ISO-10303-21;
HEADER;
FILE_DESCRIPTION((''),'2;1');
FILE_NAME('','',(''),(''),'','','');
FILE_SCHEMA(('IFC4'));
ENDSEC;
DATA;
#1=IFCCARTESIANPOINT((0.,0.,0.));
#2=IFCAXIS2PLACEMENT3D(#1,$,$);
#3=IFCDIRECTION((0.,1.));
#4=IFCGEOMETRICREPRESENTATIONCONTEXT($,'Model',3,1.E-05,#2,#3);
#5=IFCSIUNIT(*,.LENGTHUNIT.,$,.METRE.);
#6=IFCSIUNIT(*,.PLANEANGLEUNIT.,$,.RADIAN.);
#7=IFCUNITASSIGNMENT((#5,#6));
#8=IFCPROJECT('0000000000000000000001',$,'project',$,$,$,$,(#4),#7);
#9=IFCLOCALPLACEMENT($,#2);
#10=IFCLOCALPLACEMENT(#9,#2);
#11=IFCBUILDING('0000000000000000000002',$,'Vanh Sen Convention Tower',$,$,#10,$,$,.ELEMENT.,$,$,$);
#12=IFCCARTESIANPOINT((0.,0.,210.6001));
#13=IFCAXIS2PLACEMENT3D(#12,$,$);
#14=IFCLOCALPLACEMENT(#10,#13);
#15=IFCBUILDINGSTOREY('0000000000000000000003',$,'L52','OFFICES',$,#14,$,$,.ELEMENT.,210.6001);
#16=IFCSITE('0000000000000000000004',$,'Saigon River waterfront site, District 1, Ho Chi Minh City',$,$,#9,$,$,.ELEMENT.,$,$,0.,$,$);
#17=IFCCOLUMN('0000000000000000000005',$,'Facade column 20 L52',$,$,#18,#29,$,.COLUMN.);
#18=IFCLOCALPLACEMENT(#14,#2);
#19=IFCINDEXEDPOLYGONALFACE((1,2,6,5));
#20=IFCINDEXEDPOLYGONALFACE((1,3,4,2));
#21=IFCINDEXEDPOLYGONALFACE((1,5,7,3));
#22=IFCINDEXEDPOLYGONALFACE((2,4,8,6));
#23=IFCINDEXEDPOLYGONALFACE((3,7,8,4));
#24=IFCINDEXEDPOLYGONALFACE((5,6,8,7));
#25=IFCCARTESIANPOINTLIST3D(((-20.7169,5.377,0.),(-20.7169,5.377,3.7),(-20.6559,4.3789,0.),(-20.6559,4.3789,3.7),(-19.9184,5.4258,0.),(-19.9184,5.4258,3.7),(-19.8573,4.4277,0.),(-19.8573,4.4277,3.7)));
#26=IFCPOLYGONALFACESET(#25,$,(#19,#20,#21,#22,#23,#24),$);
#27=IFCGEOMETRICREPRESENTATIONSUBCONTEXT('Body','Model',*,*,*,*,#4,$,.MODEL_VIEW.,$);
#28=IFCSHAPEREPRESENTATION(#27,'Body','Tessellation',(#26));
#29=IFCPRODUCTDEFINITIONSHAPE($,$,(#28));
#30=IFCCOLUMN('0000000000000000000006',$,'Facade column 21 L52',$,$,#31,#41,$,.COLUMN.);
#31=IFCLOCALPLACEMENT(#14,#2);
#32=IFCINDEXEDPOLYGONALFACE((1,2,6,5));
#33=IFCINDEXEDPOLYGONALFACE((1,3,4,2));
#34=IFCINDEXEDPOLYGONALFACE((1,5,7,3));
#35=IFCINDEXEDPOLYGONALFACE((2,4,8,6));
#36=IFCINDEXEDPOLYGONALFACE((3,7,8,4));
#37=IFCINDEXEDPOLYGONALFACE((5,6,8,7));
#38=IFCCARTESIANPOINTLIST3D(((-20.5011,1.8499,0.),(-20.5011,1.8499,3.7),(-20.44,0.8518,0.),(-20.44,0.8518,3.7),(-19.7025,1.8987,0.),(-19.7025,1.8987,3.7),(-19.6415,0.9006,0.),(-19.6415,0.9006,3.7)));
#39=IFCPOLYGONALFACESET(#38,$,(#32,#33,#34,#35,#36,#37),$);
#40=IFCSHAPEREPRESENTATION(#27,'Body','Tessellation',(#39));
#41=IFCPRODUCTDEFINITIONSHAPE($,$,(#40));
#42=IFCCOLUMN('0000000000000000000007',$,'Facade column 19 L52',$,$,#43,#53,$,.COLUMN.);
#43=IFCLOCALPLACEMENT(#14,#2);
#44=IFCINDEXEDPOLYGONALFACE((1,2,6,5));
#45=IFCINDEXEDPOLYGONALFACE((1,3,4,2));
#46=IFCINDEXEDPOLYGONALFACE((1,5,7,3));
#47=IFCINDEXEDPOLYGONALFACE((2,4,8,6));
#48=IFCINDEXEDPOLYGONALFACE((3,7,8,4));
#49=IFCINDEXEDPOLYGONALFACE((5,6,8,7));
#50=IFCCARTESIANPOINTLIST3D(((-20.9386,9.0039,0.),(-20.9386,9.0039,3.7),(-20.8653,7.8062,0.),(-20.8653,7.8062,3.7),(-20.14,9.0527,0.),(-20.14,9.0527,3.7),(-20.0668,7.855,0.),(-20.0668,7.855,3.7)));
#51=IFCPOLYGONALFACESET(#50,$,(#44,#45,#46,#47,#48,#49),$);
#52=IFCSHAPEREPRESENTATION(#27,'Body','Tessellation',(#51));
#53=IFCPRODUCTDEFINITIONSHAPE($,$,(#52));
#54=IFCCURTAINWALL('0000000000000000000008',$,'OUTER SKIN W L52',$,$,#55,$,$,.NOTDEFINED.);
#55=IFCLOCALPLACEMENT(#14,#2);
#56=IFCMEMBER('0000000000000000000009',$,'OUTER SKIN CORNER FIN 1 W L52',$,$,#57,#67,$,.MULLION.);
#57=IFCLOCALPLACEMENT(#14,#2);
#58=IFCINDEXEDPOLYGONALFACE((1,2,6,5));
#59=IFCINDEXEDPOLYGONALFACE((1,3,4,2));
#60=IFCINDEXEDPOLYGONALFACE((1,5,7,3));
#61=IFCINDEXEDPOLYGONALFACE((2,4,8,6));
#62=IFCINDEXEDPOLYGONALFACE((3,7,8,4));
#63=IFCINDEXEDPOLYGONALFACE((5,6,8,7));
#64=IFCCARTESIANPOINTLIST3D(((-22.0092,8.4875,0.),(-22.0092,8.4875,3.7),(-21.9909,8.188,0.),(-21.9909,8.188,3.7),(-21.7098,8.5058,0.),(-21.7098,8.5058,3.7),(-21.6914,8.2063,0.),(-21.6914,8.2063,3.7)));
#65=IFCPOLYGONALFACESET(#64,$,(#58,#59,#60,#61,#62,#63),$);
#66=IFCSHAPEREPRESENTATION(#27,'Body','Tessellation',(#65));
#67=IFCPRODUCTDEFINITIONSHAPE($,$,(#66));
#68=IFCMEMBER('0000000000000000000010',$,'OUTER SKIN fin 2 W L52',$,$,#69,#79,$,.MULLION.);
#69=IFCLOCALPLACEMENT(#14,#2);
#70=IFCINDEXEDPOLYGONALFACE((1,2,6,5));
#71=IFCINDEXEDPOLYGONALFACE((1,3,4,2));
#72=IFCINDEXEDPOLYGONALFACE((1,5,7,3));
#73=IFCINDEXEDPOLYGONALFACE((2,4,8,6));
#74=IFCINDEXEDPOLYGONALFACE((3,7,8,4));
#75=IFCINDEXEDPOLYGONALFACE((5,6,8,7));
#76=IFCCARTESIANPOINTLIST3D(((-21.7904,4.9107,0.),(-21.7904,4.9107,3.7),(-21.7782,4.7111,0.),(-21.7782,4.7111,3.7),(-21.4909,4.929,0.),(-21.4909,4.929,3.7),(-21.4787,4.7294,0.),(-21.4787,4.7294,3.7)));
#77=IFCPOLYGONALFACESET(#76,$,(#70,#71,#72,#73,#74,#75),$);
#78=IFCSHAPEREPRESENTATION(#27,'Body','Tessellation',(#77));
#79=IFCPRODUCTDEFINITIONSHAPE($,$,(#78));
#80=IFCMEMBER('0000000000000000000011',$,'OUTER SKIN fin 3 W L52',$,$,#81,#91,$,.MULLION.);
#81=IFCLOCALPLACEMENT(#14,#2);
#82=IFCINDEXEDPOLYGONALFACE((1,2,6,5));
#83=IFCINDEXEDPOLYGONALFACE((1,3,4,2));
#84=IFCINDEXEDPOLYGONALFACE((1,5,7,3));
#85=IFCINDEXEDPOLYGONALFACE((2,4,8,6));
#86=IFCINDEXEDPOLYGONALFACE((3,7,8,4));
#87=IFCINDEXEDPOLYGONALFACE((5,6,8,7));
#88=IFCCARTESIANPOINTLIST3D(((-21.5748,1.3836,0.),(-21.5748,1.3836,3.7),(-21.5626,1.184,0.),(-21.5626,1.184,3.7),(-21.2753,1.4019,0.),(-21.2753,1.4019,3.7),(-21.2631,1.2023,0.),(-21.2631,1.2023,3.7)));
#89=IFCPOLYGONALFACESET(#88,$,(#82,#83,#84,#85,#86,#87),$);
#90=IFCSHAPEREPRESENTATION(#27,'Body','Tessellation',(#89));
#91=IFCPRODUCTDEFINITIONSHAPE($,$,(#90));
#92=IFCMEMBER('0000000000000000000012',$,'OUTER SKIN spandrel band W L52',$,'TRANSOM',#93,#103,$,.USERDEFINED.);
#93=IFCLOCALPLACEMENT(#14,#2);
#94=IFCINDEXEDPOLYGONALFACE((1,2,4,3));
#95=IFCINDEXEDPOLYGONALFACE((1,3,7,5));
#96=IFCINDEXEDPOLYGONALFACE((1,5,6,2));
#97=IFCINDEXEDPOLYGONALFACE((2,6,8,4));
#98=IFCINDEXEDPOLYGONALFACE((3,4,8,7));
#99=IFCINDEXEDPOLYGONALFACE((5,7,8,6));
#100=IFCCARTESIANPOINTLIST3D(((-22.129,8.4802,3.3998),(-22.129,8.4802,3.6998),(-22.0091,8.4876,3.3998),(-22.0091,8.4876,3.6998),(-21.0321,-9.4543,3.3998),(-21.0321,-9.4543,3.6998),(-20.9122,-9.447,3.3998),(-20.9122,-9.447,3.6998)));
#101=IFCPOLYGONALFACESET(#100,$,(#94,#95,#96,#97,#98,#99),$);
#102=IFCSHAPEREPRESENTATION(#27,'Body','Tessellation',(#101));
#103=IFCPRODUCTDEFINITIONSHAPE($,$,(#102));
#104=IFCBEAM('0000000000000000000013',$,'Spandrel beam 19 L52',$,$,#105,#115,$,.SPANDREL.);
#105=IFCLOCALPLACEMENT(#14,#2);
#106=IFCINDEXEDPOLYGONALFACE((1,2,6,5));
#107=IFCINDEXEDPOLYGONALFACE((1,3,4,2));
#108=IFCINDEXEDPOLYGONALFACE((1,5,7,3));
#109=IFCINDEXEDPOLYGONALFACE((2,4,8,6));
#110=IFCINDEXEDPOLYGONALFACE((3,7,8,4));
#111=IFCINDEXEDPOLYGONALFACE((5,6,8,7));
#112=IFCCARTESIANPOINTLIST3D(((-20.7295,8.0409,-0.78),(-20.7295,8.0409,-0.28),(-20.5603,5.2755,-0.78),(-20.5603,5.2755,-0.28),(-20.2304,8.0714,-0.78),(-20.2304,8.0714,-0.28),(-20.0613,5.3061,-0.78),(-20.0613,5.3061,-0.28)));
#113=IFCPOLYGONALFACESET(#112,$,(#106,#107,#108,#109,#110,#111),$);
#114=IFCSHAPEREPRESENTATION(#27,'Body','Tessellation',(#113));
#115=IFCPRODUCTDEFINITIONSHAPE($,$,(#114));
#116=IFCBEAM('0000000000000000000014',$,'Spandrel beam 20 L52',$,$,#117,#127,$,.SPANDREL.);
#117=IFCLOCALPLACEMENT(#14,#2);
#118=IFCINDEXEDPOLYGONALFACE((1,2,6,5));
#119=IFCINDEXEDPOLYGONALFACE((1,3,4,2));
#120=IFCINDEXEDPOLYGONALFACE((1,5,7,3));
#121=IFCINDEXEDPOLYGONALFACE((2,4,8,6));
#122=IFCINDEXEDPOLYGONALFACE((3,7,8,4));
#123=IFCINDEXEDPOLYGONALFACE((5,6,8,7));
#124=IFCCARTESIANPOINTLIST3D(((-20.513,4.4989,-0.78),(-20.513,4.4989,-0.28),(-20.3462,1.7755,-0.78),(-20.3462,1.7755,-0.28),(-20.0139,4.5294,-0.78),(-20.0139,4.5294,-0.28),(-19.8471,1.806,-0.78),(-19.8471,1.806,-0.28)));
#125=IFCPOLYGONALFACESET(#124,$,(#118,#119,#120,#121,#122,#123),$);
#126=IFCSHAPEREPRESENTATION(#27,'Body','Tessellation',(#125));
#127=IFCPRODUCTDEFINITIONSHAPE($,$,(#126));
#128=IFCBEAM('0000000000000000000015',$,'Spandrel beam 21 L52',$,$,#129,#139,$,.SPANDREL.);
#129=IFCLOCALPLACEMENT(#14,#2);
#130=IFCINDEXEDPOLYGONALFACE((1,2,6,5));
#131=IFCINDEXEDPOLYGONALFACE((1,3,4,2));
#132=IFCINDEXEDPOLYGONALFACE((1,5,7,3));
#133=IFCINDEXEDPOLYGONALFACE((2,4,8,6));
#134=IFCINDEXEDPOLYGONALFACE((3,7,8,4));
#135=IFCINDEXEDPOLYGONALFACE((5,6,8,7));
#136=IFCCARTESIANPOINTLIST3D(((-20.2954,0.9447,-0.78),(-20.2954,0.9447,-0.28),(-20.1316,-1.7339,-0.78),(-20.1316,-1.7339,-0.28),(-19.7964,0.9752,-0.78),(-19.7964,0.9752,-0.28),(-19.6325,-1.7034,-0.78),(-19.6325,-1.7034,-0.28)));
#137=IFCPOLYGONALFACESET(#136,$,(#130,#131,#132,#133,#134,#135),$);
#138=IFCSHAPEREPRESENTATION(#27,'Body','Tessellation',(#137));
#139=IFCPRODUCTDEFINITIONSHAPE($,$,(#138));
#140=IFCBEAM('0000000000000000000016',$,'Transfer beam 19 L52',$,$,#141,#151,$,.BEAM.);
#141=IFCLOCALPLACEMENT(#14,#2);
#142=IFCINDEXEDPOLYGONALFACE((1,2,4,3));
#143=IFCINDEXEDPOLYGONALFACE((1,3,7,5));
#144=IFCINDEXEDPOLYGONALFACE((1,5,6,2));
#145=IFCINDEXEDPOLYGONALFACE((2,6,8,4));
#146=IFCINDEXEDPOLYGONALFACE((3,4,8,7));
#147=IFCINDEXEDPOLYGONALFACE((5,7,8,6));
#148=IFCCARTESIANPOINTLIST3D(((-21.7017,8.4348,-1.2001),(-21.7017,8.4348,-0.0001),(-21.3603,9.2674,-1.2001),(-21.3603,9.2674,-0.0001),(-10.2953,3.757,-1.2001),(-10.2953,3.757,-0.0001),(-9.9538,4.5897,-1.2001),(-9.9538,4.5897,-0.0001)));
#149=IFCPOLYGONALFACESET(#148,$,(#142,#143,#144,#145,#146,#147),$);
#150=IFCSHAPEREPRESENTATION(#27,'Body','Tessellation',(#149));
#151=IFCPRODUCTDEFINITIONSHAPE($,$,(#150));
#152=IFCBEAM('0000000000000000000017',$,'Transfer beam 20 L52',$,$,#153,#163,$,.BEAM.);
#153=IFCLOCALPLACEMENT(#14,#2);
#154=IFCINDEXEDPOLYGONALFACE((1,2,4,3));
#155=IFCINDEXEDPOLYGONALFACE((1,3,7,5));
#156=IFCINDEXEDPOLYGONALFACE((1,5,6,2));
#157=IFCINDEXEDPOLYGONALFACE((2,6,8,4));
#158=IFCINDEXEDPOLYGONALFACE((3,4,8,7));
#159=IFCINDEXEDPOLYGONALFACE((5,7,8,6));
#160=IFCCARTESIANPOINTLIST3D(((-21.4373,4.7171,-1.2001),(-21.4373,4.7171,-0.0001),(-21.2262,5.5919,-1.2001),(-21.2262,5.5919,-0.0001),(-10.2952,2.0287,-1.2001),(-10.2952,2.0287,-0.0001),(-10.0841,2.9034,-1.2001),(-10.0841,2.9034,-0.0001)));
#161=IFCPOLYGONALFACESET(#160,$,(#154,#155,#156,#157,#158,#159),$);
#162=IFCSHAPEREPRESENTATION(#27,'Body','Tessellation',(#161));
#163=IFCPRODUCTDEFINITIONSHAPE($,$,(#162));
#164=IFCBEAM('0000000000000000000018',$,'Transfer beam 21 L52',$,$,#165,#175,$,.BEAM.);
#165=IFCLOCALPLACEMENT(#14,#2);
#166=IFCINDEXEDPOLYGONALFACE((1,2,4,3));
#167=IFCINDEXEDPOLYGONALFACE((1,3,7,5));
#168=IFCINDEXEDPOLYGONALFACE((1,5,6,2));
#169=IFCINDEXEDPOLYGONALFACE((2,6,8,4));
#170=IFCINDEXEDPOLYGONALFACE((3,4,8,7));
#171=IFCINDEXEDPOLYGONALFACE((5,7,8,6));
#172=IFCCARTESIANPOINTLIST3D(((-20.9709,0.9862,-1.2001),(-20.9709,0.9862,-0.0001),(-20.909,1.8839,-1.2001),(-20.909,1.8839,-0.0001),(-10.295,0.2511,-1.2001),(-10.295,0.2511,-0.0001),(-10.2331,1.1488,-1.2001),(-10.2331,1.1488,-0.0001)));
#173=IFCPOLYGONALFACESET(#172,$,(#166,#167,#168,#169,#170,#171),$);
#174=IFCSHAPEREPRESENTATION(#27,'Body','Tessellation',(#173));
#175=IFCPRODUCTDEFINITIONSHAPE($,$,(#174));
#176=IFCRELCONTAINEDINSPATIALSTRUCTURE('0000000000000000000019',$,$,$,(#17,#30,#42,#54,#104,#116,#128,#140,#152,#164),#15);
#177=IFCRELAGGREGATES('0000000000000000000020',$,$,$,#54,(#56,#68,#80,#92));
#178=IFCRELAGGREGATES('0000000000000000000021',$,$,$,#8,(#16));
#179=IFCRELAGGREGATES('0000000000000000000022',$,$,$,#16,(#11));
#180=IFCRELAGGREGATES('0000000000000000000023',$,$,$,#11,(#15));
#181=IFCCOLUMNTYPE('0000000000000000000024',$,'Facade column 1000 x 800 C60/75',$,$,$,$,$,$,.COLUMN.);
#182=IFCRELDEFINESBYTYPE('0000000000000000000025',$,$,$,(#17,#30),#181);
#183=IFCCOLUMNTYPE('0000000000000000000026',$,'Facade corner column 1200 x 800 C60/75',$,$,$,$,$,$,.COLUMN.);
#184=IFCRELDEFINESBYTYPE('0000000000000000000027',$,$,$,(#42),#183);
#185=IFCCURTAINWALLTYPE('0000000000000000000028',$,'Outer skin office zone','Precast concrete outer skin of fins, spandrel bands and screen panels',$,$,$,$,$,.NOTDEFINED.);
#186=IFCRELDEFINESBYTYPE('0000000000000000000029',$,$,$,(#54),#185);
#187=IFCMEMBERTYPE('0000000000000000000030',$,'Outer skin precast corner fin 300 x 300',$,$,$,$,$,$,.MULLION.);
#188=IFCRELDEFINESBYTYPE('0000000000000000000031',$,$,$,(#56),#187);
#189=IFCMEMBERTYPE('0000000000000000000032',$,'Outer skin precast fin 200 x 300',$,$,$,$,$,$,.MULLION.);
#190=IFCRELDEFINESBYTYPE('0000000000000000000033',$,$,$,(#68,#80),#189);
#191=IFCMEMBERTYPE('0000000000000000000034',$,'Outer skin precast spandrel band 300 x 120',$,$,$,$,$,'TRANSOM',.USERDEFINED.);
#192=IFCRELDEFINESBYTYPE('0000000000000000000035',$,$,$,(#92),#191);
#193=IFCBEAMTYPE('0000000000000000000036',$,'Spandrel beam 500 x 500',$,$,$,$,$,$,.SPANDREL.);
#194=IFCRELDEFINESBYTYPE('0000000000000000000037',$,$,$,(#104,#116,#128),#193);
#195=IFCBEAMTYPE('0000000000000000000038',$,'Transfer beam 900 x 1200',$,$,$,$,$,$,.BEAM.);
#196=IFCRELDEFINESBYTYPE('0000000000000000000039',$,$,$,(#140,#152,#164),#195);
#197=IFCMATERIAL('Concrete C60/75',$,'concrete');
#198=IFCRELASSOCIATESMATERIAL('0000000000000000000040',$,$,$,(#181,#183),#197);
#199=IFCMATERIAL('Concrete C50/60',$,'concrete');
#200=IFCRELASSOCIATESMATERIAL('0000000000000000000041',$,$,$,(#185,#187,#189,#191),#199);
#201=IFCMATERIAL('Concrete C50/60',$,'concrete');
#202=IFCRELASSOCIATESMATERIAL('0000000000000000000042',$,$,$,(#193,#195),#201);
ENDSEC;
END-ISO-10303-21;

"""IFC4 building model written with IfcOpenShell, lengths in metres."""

from ifc_helpers import new_model, si_unit, direction, frame, origin, origin_2d, place, context, subcontext, project, spatial, rectangle, extrude, material, material_profile, profile_set, type_object, element, aggregate, save


model = new_model("IFC4")

# Units and contexts
model_context = context("Model", 3, precision=1e-05, world=origin(), true_north=direction((0.0, 1.0)))
body_context = subcontext(model_context, "Body", "Model", "MODEL_VIEW")
ifc_project = project(units=[si_unit("LENGTHUNIT", "METRE"), si_unit("PLANEANGLEUNIT", "RADIAN")], contexts=[model_context])

# Site, building, storey
site_placement = place(None, origin())
site = spatial("IfcSite", under=ifc_project, at=site_placement, Name="Saigon River waterfront site, District 1, Ho Chi Minh City", CompositionType="ELEMENT", RefElevation=0.0)
building_placement = place(site_placement, origin())
building = spatial("IfcBuilding", under=site, at=building_placement, Name="Vanh Sen Convention Tower", CompositionType="ELEMENT")
storey_placement = place(building_placement, frame((0.0, 0.0, 210.6001)))
storey = spatial("IfcBuildingStorey", under=building, at=storey_placement, Name="L52", Description="OFFICES", CompositionType="ELEMENT", Elevation=210.6001)

# Columns
ifc_material_1 = material(Name="Concrete C60/75", Category="concrete")
ifc_material_profile_1 = material_profile(ifc_material_1, rectangle(XDim=1.0, YDim=0.8, at=origin_2d()), Name="RC 1000X800")
ifc_profile_set_1 = profile_set([ifc_material_profile_1], Name="Concrete C60/75")
column_type_1 = type_object("IfcColumnType", Name="Facade column 1000 x 800 C60/75", PredefinedType="COLUMN", material=ifc_profile_set_1)
for number, where, z_axis, x_axis, name in (
    (1, (-20.2871, 4.9023, 0.0), (0.0, 0.0, 1.0), (0.061049, -0.998135, 0.0), "Facade column 20 L52"),
    (2, (-20.0713, 1.3752, 0.0), (0.0, 0.0, 1.0), (0.061049, -0.998135, 0.0), "Facade column 21 L52"),
):
    element("IfcColumn", number, at=place(storey_placement, frame(where, z_axis=z_axis, x_axis=x_axis)), inside=storey, type_object=column_type_1, Name=name, PredefinedType="COLUMN", context=body_context, shape_type="SweptSolid", body=[
        extrude(rectangle(XDim=1.0, YDim=0.8, at=origin_2d()), origin(), (0.0, 0.0, 1.0), 3.7),
    ])
ifc_material_profile_2 = material_profile(ifc_material_1, rectangle(XDim=1.2, YDim=0.8, at=origin_2d()), Name="RC 1200X800")
ifc_profile_set_2 = profile_set([ifc_material_profile_2], Name="Concrete C60/75")
column_type_2 = type_object("IfcColumnType", Name="Facade corner column 1200 x 800 C60/75", PredefinedType="COLUMN", material=ifc_profile_set_2)
column_placement = place(storey_placement, frame((-20.5027, 8.4294, 0.0), z_axis=(0.0, 0.0, 1.0), x_axis=(0.061049, -0.998135, 0.0)))
element("IfcColumn", 3, at=column_placement, inside=storey, type_object=column_type_2, Name="Facade column 19 L52", PredefinedType="COLUMN", context=body_context, shape_type="SweptSolid", body=[
    extrude(rectangle(XDim=1.2, YDim=0.8, at=origin_2d()), origin(), (0.0, 0.0, 1.0), 3.7),
])

# Curtain wall, members
ifc_material_2 = material(Name="Concrete C50/60", Category="concrete")
curtain_wall_type = type_object("IfcCurtainWallType", Name="Outer skin office zone", Description="Precast concrete outer skin of fins, spandrel bands and screen panels", PredefinedType="NOTDEFINED", material=ifc_material_2)
curtain_wall_1_placement = place(storey_placement, origin())
curtain_wall_1 = element("IfcCurtainWall", 4, at=curtain_wall_1_placement, inside=storey, type_object=curtain_wall_type, Name="OUTER SKIN W L52", PredefinedType="NOTDEFINED")
ifc_material_profile_3 = material_profile(ifc_material_2, rectangle(XDim=0.3, YDim=0.3, at=origin_2d()), Name="Outer skin precast corner fin 300 x 300")
ifc_profile_set_3 = profile_set([ifc_material_profile_3], Name="Concrete C50/60")
member_type_1 = type_object("IfcMemberType", Name="Outer skin precast corner fin 300 x 300", PredefinedType="MULLION", material=ifc_profile_set_3)
member_1_placement = place(storey_placement, frame((-21.8503, 8.3469, 0.0), z_axis=(0.0, 0.0, 1.0), x_axis=(0.061049, -0.998135, 0.0)))
member_1 = element("IfcMember", 5, at=member_1_placement, type_object=member_type_1, Name="OUTER SKIN CORNER FIN 1 W L52", PredefinedType="MULLION", context=body_context, shape_type="SweptSolid", body=[
    extrude(rectangle(XDim=0.3, YDim=0.3, at=origin_2d()), origin(), (0.0, 0.0, 1.0), 3.7),
])
ifc_material_profile_4 = material_profile(ifc_material_2, rectangle(XDim=0.2, YDim=0.3, at=origin_2d()), Name="Outer skin precast fin 200 x 300")
ifc_profile_set_4 = profile_set([ifc_material_profile_4], Name="Concrete C50/60")
member_type_2 = type_object("IfcMemberType", Name="Outer skin precast fin 200 x 300", PredefinedType="MULLION", material=ifc_profile_set_4)
member_2_placement = place(storey_placement, frame((-21.6345, 4.8201, 0.0), z_axis=(0.0, 0.0, 1.0), x_axis=(0.061049, -0.998135, 0.0)))
member_2 = element("IfcMember", 6, at=member_2_placement, type_object=member_type_2, Name="OUTER SKIN fin 2 W L52", PredefinedType="MULLION", context=body_context, shape_type="SweptSolid", body=[
    extrude(rectangle(XDim=0.2, YDim=0.3, at=origin_2d()), origin(), (0.0, 0.0, 1.0), 3.7),
])
member_3_placement = place(storey_placement, frame((-21.4189, 1.293, 0.0), z_axis=(0.0, 0.0, 1.0), x_axis=(0.061049, -0.998135, 0.0)))
member_3 = element("IfcMember", 7, at=member_3_placement, type_object=member_type_2, Name="OUTER SKIN fin 3 W L52", PredefinedType="MULLION", context=body_context, shape_type="SweptSolid", body=[
    extrude(rectangle(XDim=0.2, YDim=0.3, at=origin_2d()), origin(), (0.0, 0.0, 1.0), 3.7),
])
ifc_material_profile_5 = material_profile(ifc_material_2, rectangle(XDim=0.1201, YDim=0.3, at=origin_2d()), Name="Outer skin precast spandrel band 300 x 120")
ifc_profile_set_5 = profile_set([ifc_material_profile_5], Name="Concrete C50/60")
member_type_3 = type_object("IfcMemberType", Name="Outer skin precast spandrel band 300 x 120", ElementType="TRANSOM", PredefinedType="USERDEFINED", material=ifc_profile_set_5)
member_4_placement = place(storey_placement, frame((-22.0691, 8.4839, 3.5498), z_axis=(0.061048, -0.998135, 0.0), x_axis=(0.998135, 0.061048, 0.0)))
member_4 = element("IfcMember", 8, at=member_4_placement, type_object=member_type_3, Name="OUTER SKIN spandrel band W L52", ObjectType="TRANSOM", PredefinedType="USERDEFINED", context=body_context, shape_type="SweptSolid", body=[
    extrude(rectangle(XDim=0.1201, YDim=0.3, at=origin_2d()), origin(), (0.0, 0.0, 1.0), 17.968),
])

# Beams
ifc_material_3 = material(Name="Concrete C50/60", Category="concrete")
ifc_material_profile_6 = material_profile(ifc_material_3, rectangle(XDim=0.5, YDim=0.5, at=origin_2d()), Name="RC 500X500")
ifc_profile_set_6 = profile_set([ifc_material_profile_6], Name="Concrete C50/60")
beam_type_1 = type_object("IfcBeamType", Name="Spandrel beam 500 x 500", PredefinedType="SPANDREL", material=ifc_profile_set_6)
beam_1_placement = place(storey_placement, frame((-20.48, 8.0562, -0.53), z_axis=(0.061067, -0.998134, 0.0), x_axis=(0.998134, 0.061067, 0.0)))
element("IfcBeam", 9, at=beam_1_placement, inside=storey, type_object=beam_type_1, Name="Spandrel beam 19 L52", PredefinedType="SPANDREL", context=body_context, shape_type="SweptSolid", body=[
    extrude(rectangle(XDim=0.5, YDim=0.5, at=origin_2d()), origin(), (0.0, 0.0, 1.0), 2.7705),
])
beam_2_placement = place(storey_placement, frame((-20.2634, 4.5142, -0.53), z_axis=(0.061114, -0.998131, 0.0), x_axis=(0.998131, 0.061114, 0.0)))
element("IfcBeam", 10, at=beam_2_placement, inside=storey, type_object=beam_type_1, Name="Spandrel beam 20 L52", PredefinedType="SPANDREL", context=body_context, shape_type="SweptSolid", body=[
    extrude(rectangle(XDim=0.5, YDim=0.5, at=origin_2d()), origin(), (0.0, 0.0, 1.0), 2.7285),
])
beam_3_placement = place(storey_placement, frame((-20.0459, 0.96, -0.53), z_axis=(0.061047, -0.998135, 0.0), x_axis=(0.998135, 0.061047, 0.0)))
element("IfcBeam", 11, at=beam_3_placement, inside=storey, type_object=beam_type_1, Name="Spandrel beam 21 L52", PredefinedType="SPANDREL", context=body_context, shape_type="SweptSolid", body=[
    extrude(rectangle(XDim=0.5, YDim=0.5, at=origin_2d()), origin(), (0.0, 0.0, 1.0), 2.6836),
])
ifc_material_profile_7 = material_profile(ifc_material_3, rectangle(XDim=0.8999, YDim=1.2, at=origin_2d()), Name="RC 900X1200")
ifc_profile_set_7 = profile_set([ifc_material_profile_7], Name="Concrete C50/60")
beam_type_2 = type_object("IfcBeamType", Name="Transfer beam 900 x 1200", PredefinedType="BEAM", material=ifc_profile_set_7)
beam_4_placement = place(storey_placement, frame((-21.531, 8.8511, -0.6001), z_axis=(0.925221, -0.379428, 0.0), x_axis=(0.379428, 0.925221, 0.0)))
element("IfcBeam", 12, at=beam_4_placement, inside=storey, type_object=beam_type_2, Name="Transfer beam 19 L52", PredefinedType="BEAM", context=body_context, shape_type="SweptSolid", body=[
    extrude(rectangle(XDim=0.8999, YDim=1.2, at=origin_2d()), origin(), (0.0, 0.0, 1.0), 12.3284),
])
beam_5_placement = place(storey_placement, frame((-21.3318, 5.1545, -0.6001), z_axis=(0.972102, -0.234559, 0.0), x_axis=(0.234559, 0.972102, 0.0)))
element("IfcBeam", 13, at=beam_5_placement, inside=storey, type_object=beam_type_2, Name="Transfer beam 20 L52", PredefinedType="BEAM", context=body_context, shape_type="SweptSolid", body=[
    extrude(rectangle(XDim=0.8999, YDim=1.2, at=origin_2d()), origin(), (0.0, 0.0, 1.0), 11.4619),
])
beam_6_placement = place(storey_placement, frame((-20.9399, 1.4351, -0.6001), z_axis=(0.997638, -0.068695, 0.0), x_axis=(0.068695, 0.997638, 0.0)))
element("IfcBeam", 14, at=beam_6_placement, inside=storey, type_object=beam_type_2, Name="Transfer beam 21 L52", PredefinedType="BEAM", context=body_context, shape_type="SweptSolid", body=[
    extrude(rectangle(XDim=0.8999, YDim=1.2, at=origin_2d()), origin(), (0.0, 0.0, 1.0), 10.7012),
])

aggregate(curtain_wall_1, [member_1, member_2, member_3, member_4])

save(model, "model.ifc")
